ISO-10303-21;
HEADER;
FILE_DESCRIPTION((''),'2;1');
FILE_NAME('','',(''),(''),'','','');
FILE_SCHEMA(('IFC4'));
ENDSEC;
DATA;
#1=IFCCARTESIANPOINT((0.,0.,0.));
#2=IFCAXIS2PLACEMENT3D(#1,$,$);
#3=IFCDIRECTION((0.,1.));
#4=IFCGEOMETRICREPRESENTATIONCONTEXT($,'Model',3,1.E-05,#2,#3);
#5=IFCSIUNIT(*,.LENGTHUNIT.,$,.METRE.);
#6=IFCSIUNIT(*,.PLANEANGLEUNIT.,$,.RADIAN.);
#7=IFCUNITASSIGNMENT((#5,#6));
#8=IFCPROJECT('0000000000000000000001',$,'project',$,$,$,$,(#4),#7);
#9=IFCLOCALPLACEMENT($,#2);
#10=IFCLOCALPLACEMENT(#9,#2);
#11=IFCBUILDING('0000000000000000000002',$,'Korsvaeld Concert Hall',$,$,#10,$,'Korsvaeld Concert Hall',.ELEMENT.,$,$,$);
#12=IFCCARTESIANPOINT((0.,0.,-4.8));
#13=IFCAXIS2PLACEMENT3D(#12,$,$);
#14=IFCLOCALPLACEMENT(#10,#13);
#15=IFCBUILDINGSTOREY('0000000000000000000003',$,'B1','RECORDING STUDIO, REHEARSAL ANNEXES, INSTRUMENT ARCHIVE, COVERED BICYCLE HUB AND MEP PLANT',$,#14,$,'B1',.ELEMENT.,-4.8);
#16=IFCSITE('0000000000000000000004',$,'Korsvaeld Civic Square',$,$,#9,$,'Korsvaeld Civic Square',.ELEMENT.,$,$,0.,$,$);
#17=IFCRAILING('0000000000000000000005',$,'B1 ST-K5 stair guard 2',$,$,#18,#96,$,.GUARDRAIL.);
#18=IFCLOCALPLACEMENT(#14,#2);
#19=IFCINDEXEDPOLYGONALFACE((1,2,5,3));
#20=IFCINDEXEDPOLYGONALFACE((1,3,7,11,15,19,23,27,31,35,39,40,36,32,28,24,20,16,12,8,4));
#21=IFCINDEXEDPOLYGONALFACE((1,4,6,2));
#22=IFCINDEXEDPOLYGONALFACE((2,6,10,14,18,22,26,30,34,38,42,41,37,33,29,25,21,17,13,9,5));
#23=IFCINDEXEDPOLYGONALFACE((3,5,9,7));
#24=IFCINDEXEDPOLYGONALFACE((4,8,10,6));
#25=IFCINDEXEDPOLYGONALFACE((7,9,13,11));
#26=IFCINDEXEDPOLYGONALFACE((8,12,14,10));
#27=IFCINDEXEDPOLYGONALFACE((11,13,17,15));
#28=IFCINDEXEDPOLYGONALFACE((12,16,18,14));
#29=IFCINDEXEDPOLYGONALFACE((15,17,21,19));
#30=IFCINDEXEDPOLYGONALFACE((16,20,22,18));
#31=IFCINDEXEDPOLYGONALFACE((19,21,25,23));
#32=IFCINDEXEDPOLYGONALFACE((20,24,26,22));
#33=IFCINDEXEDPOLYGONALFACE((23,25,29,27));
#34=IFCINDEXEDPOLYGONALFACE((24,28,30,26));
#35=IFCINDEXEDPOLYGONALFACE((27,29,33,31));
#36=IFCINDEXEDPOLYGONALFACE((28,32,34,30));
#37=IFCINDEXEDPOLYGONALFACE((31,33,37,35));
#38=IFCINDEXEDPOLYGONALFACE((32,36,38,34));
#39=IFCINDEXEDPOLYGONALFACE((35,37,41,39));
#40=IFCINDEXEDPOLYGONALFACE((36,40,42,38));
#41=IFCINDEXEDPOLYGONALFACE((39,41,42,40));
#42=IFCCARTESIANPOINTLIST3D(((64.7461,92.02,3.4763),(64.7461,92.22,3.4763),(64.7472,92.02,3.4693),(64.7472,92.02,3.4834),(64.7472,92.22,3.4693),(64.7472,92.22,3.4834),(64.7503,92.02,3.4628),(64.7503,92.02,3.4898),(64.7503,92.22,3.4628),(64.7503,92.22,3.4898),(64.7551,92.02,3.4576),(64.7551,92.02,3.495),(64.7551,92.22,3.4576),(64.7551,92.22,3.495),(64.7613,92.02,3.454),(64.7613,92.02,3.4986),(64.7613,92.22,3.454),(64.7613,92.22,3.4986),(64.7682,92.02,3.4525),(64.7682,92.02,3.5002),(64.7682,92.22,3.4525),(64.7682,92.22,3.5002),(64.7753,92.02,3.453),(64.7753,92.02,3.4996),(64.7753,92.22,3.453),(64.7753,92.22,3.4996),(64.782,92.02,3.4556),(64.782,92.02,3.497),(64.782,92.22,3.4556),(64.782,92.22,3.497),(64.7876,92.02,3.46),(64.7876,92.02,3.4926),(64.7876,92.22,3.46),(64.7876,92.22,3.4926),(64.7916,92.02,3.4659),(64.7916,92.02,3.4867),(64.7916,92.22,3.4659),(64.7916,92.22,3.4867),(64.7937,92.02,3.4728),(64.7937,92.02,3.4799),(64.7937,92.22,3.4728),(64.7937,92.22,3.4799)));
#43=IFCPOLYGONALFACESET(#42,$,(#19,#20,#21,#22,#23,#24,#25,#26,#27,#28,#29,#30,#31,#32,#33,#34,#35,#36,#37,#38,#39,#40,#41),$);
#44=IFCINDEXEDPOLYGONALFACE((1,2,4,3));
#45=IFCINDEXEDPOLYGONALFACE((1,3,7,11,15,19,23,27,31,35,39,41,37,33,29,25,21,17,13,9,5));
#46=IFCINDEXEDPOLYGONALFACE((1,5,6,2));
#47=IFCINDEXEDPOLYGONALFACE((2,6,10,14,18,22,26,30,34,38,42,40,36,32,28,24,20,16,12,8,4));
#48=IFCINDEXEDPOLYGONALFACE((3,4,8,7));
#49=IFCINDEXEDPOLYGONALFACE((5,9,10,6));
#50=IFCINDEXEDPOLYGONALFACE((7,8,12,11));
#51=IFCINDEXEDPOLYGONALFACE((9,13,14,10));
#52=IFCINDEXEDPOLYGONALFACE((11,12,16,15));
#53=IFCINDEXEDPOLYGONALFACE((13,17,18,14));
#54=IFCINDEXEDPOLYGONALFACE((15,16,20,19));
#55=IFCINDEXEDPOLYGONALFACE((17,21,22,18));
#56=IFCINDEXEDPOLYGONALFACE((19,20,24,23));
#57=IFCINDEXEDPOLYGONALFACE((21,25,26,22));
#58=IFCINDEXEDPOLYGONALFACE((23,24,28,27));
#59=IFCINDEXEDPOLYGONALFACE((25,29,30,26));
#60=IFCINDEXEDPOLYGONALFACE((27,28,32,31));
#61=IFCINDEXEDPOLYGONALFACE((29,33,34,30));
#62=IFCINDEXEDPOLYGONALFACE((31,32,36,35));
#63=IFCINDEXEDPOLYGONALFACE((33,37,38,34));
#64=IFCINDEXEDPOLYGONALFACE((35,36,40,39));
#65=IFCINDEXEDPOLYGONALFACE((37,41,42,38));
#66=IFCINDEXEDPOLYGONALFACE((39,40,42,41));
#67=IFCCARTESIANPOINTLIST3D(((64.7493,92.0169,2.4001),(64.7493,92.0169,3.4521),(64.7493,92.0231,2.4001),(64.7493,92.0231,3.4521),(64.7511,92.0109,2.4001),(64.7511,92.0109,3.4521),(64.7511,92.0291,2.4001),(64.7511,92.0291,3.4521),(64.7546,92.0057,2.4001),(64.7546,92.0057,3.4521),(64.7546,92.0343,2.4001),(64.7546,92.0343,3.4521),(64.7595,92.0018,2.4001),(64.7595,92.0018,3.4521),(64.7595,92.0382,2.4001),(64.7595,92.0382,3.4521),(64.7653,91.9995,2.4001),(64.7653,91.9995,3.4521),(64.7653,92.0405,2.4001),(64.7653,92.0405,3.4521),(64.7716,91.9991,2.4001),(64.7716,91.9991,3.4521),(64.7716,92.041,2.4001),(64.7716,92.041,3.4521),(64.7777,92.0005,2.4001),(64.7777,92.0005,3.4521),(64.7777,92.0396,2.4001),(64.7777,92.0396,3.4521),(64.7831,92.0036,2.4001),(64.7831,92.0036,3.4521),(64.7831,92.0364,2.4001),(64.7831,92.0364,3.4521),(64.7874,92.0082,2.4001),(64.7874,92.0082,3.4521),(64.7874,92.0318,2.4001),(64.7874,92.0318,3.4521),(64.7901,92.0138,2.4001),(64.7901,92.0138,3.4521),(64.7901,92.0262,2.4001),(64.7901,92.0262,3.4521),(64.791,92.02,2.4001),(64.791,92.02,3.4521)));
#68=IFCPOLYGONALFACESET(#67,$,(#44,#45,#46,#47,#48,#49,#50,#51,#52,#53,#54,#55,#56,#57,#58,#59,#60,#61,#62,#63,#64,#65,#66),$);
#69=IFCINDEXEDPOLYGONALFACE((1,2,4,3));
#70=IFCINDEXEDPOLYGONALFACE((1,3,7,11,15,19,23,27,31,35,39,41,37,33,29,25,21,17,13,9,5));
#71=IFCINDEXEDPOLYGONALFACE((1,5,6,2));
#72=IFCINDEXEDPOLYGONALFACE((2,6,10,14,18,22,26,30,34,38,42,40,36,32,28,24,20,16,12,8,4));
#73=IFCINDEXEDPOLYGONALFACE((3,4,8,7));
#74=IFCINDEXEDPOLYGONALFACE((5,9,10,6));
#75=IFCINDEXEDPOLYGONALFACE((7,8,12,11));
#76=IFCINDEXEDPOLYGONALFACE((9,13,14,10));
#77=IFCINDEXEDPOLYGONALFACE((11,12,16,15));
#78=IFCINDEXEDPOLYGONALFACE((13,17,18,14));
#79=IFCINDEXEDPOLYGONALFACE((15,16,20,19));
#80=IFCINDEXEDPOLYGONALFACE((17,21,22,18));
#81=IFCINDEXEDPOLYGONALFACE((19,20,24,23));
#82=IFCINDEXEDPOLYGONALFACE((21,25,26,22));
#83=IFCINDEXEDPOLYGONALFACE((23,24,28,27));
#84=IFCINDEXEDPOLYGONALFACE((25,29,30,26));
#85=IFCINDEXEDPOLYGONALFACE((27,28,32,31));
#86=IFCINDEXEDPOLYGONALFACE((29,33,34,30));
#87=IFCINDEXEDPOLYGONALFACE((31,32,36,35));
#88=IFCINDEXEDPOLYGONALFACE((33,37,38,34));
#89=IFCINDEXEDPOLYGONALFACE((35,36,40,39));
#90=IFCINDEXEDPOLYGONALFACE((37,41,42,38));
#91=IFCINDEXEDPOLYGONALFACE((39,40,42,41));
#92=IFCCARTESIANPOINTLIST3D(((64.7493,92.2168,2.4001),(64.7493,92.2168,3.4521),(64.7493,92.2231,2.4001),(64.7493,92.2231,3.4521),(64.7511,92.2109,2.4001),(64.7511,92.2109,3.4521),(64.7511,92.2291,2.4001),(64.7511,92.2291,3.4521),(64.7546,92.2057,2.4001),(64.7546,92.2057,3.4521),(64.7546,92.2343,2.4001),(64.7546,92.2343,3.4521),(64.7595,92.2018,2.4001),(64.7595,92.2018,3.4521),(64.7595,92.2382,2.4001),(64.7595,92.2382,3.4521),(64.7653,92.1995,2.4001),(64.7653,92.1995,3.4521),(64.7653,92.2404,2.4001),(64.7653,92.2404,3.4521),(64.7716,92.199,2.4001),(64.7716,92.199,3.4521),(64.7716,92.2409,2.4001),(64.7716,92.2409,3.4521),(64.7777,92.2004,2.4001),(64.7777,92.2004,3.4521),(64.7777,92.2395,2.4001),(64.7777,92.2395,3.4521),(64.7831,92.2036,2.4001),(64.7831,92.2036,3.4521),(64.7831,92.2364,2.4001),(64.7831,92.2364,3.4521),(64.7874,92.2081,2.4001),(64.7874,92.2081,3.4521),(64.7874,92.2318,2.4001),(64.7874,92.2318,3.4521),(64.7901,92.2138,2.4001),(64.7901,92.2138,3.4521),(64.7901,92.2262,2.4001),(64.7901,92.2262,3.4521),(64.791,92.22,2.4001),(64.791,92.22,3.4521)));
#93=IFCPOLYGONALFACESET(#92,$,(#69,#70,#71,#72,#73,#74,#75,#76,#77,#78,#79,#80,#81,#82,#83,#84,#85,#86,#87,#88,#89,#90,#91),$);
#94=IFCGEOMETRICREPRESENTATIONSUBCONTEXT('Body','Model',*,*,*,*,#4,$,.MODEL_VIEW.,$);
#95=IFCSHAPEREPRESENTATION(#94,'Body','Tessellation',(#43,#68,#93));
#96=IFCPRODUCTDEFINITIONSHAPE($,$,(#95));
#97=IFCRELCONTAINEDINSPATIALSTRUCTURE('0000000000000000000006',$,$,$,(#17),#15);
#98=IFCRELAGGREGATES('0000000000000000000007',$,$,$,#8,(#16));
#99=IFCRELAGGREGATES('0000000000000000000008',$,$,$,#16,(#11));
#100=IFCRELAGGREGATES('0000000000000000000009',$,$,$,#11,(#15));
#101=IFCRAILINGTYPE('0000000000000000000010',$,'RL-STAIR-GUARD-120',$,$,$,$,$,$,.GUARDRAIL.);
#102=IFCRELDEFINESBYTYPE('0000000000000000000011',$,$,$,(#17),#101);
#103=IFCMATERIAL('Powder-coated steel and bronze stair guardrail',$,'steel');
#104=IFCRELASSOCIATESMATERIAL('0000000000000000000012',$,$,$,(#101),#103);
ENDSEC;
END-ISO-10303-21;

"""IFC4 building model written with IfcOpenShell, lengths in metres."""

from ifc_helpers import new_model, si_unit, direction, frame, origin, origin_2d, place, context, subcontext, project, spatial, circle, extrude, material, type_object, element, save


model = new_model("IFC4")

# Units and contexts
model_context = context("Model", 3, precision=1e-05, world=origin(), true_north=direction((0.0, 1.0)))
body_context = subcontext(model_context, "Body", "Model", "MODEL_VIEW")
ifc_project = project(units=[si_unit("LENGTHUNIT", "METRE"), si_unit("PLANEANGLEUNIT", "RADIAN")], contexts=[model_context])

# Site, building, storey
site_placement = place(None, origin())
site = spatial("IfcSite", under=ifc_project, at=site_placement, Name="Korsvaeld Civic Square", LongName="Korsvaeld Civic Square", CompositionType="ELEMENT", RefElevation=0.0)
building_placement = place(site_placement, origin())
building = spatial("IfcBuilding", under=site, at=building_placement, Name="Korsvaeld Concert Hall", LongName="Korsvaeld Concert Hall", CompositionType="ELEMENT")
storey_placement = place(building_placement, frame((0.0, 0.0, -4.8)))
storey = spatial("IfcBuildingStorey", under=building, at=storey_placement, Name="B1", Description="RECORDING STUDIO, REHEARSAL ANNEXES, INSTRUMENT ARCHIVE, COVERED BICYCLE HUB AND MEP PLANT", LongName="B1", CompositionType="ELEMENT", Elevation=-4.8)

# Railing
ifc_material_1 = material(Name="Powder-coated steel and bronze stair guardrail", Category="steel")
railing_type_1 = type_object("IfcRailingType", Name="RL-STAIR-GUARD-120", PredefinedType="GUARDRAIL", material=ifc_material_1)
railing_1_placement = place(storey_placement, frame((64.77, 92.02, 2.4001)))
element("IfcRailing", 1, at=railing_1_placement, inside=storey, type_object=railing_type_1, Name="B1 ST-K5 stair guard 2", PredefinedType="GUARDRAIL", context=body_context, shape_type="SweptSolid", body=[
    extrude(circle(Radius=0.0239, at=origin_2d()), frame((0.0, 0.0, 1.0762), z_axis=(0.0, 1.0, 0.0), x_axis=(-1.0, 0.0, 0.0)), (0.0, 0.0, 1.0), 0.2),
    extrude(circle(Radius=0.021, at=origin_2d()), origin(), (0.0, 0.0, 1.0), 1.052),
    extrude(circle(Radius=0.021, at=origin_2d()), frame((0.0, 0.2, 0.0)), (0.0, 0.0, 1.0), 1.052),
])

save(model, "model.ifc")
